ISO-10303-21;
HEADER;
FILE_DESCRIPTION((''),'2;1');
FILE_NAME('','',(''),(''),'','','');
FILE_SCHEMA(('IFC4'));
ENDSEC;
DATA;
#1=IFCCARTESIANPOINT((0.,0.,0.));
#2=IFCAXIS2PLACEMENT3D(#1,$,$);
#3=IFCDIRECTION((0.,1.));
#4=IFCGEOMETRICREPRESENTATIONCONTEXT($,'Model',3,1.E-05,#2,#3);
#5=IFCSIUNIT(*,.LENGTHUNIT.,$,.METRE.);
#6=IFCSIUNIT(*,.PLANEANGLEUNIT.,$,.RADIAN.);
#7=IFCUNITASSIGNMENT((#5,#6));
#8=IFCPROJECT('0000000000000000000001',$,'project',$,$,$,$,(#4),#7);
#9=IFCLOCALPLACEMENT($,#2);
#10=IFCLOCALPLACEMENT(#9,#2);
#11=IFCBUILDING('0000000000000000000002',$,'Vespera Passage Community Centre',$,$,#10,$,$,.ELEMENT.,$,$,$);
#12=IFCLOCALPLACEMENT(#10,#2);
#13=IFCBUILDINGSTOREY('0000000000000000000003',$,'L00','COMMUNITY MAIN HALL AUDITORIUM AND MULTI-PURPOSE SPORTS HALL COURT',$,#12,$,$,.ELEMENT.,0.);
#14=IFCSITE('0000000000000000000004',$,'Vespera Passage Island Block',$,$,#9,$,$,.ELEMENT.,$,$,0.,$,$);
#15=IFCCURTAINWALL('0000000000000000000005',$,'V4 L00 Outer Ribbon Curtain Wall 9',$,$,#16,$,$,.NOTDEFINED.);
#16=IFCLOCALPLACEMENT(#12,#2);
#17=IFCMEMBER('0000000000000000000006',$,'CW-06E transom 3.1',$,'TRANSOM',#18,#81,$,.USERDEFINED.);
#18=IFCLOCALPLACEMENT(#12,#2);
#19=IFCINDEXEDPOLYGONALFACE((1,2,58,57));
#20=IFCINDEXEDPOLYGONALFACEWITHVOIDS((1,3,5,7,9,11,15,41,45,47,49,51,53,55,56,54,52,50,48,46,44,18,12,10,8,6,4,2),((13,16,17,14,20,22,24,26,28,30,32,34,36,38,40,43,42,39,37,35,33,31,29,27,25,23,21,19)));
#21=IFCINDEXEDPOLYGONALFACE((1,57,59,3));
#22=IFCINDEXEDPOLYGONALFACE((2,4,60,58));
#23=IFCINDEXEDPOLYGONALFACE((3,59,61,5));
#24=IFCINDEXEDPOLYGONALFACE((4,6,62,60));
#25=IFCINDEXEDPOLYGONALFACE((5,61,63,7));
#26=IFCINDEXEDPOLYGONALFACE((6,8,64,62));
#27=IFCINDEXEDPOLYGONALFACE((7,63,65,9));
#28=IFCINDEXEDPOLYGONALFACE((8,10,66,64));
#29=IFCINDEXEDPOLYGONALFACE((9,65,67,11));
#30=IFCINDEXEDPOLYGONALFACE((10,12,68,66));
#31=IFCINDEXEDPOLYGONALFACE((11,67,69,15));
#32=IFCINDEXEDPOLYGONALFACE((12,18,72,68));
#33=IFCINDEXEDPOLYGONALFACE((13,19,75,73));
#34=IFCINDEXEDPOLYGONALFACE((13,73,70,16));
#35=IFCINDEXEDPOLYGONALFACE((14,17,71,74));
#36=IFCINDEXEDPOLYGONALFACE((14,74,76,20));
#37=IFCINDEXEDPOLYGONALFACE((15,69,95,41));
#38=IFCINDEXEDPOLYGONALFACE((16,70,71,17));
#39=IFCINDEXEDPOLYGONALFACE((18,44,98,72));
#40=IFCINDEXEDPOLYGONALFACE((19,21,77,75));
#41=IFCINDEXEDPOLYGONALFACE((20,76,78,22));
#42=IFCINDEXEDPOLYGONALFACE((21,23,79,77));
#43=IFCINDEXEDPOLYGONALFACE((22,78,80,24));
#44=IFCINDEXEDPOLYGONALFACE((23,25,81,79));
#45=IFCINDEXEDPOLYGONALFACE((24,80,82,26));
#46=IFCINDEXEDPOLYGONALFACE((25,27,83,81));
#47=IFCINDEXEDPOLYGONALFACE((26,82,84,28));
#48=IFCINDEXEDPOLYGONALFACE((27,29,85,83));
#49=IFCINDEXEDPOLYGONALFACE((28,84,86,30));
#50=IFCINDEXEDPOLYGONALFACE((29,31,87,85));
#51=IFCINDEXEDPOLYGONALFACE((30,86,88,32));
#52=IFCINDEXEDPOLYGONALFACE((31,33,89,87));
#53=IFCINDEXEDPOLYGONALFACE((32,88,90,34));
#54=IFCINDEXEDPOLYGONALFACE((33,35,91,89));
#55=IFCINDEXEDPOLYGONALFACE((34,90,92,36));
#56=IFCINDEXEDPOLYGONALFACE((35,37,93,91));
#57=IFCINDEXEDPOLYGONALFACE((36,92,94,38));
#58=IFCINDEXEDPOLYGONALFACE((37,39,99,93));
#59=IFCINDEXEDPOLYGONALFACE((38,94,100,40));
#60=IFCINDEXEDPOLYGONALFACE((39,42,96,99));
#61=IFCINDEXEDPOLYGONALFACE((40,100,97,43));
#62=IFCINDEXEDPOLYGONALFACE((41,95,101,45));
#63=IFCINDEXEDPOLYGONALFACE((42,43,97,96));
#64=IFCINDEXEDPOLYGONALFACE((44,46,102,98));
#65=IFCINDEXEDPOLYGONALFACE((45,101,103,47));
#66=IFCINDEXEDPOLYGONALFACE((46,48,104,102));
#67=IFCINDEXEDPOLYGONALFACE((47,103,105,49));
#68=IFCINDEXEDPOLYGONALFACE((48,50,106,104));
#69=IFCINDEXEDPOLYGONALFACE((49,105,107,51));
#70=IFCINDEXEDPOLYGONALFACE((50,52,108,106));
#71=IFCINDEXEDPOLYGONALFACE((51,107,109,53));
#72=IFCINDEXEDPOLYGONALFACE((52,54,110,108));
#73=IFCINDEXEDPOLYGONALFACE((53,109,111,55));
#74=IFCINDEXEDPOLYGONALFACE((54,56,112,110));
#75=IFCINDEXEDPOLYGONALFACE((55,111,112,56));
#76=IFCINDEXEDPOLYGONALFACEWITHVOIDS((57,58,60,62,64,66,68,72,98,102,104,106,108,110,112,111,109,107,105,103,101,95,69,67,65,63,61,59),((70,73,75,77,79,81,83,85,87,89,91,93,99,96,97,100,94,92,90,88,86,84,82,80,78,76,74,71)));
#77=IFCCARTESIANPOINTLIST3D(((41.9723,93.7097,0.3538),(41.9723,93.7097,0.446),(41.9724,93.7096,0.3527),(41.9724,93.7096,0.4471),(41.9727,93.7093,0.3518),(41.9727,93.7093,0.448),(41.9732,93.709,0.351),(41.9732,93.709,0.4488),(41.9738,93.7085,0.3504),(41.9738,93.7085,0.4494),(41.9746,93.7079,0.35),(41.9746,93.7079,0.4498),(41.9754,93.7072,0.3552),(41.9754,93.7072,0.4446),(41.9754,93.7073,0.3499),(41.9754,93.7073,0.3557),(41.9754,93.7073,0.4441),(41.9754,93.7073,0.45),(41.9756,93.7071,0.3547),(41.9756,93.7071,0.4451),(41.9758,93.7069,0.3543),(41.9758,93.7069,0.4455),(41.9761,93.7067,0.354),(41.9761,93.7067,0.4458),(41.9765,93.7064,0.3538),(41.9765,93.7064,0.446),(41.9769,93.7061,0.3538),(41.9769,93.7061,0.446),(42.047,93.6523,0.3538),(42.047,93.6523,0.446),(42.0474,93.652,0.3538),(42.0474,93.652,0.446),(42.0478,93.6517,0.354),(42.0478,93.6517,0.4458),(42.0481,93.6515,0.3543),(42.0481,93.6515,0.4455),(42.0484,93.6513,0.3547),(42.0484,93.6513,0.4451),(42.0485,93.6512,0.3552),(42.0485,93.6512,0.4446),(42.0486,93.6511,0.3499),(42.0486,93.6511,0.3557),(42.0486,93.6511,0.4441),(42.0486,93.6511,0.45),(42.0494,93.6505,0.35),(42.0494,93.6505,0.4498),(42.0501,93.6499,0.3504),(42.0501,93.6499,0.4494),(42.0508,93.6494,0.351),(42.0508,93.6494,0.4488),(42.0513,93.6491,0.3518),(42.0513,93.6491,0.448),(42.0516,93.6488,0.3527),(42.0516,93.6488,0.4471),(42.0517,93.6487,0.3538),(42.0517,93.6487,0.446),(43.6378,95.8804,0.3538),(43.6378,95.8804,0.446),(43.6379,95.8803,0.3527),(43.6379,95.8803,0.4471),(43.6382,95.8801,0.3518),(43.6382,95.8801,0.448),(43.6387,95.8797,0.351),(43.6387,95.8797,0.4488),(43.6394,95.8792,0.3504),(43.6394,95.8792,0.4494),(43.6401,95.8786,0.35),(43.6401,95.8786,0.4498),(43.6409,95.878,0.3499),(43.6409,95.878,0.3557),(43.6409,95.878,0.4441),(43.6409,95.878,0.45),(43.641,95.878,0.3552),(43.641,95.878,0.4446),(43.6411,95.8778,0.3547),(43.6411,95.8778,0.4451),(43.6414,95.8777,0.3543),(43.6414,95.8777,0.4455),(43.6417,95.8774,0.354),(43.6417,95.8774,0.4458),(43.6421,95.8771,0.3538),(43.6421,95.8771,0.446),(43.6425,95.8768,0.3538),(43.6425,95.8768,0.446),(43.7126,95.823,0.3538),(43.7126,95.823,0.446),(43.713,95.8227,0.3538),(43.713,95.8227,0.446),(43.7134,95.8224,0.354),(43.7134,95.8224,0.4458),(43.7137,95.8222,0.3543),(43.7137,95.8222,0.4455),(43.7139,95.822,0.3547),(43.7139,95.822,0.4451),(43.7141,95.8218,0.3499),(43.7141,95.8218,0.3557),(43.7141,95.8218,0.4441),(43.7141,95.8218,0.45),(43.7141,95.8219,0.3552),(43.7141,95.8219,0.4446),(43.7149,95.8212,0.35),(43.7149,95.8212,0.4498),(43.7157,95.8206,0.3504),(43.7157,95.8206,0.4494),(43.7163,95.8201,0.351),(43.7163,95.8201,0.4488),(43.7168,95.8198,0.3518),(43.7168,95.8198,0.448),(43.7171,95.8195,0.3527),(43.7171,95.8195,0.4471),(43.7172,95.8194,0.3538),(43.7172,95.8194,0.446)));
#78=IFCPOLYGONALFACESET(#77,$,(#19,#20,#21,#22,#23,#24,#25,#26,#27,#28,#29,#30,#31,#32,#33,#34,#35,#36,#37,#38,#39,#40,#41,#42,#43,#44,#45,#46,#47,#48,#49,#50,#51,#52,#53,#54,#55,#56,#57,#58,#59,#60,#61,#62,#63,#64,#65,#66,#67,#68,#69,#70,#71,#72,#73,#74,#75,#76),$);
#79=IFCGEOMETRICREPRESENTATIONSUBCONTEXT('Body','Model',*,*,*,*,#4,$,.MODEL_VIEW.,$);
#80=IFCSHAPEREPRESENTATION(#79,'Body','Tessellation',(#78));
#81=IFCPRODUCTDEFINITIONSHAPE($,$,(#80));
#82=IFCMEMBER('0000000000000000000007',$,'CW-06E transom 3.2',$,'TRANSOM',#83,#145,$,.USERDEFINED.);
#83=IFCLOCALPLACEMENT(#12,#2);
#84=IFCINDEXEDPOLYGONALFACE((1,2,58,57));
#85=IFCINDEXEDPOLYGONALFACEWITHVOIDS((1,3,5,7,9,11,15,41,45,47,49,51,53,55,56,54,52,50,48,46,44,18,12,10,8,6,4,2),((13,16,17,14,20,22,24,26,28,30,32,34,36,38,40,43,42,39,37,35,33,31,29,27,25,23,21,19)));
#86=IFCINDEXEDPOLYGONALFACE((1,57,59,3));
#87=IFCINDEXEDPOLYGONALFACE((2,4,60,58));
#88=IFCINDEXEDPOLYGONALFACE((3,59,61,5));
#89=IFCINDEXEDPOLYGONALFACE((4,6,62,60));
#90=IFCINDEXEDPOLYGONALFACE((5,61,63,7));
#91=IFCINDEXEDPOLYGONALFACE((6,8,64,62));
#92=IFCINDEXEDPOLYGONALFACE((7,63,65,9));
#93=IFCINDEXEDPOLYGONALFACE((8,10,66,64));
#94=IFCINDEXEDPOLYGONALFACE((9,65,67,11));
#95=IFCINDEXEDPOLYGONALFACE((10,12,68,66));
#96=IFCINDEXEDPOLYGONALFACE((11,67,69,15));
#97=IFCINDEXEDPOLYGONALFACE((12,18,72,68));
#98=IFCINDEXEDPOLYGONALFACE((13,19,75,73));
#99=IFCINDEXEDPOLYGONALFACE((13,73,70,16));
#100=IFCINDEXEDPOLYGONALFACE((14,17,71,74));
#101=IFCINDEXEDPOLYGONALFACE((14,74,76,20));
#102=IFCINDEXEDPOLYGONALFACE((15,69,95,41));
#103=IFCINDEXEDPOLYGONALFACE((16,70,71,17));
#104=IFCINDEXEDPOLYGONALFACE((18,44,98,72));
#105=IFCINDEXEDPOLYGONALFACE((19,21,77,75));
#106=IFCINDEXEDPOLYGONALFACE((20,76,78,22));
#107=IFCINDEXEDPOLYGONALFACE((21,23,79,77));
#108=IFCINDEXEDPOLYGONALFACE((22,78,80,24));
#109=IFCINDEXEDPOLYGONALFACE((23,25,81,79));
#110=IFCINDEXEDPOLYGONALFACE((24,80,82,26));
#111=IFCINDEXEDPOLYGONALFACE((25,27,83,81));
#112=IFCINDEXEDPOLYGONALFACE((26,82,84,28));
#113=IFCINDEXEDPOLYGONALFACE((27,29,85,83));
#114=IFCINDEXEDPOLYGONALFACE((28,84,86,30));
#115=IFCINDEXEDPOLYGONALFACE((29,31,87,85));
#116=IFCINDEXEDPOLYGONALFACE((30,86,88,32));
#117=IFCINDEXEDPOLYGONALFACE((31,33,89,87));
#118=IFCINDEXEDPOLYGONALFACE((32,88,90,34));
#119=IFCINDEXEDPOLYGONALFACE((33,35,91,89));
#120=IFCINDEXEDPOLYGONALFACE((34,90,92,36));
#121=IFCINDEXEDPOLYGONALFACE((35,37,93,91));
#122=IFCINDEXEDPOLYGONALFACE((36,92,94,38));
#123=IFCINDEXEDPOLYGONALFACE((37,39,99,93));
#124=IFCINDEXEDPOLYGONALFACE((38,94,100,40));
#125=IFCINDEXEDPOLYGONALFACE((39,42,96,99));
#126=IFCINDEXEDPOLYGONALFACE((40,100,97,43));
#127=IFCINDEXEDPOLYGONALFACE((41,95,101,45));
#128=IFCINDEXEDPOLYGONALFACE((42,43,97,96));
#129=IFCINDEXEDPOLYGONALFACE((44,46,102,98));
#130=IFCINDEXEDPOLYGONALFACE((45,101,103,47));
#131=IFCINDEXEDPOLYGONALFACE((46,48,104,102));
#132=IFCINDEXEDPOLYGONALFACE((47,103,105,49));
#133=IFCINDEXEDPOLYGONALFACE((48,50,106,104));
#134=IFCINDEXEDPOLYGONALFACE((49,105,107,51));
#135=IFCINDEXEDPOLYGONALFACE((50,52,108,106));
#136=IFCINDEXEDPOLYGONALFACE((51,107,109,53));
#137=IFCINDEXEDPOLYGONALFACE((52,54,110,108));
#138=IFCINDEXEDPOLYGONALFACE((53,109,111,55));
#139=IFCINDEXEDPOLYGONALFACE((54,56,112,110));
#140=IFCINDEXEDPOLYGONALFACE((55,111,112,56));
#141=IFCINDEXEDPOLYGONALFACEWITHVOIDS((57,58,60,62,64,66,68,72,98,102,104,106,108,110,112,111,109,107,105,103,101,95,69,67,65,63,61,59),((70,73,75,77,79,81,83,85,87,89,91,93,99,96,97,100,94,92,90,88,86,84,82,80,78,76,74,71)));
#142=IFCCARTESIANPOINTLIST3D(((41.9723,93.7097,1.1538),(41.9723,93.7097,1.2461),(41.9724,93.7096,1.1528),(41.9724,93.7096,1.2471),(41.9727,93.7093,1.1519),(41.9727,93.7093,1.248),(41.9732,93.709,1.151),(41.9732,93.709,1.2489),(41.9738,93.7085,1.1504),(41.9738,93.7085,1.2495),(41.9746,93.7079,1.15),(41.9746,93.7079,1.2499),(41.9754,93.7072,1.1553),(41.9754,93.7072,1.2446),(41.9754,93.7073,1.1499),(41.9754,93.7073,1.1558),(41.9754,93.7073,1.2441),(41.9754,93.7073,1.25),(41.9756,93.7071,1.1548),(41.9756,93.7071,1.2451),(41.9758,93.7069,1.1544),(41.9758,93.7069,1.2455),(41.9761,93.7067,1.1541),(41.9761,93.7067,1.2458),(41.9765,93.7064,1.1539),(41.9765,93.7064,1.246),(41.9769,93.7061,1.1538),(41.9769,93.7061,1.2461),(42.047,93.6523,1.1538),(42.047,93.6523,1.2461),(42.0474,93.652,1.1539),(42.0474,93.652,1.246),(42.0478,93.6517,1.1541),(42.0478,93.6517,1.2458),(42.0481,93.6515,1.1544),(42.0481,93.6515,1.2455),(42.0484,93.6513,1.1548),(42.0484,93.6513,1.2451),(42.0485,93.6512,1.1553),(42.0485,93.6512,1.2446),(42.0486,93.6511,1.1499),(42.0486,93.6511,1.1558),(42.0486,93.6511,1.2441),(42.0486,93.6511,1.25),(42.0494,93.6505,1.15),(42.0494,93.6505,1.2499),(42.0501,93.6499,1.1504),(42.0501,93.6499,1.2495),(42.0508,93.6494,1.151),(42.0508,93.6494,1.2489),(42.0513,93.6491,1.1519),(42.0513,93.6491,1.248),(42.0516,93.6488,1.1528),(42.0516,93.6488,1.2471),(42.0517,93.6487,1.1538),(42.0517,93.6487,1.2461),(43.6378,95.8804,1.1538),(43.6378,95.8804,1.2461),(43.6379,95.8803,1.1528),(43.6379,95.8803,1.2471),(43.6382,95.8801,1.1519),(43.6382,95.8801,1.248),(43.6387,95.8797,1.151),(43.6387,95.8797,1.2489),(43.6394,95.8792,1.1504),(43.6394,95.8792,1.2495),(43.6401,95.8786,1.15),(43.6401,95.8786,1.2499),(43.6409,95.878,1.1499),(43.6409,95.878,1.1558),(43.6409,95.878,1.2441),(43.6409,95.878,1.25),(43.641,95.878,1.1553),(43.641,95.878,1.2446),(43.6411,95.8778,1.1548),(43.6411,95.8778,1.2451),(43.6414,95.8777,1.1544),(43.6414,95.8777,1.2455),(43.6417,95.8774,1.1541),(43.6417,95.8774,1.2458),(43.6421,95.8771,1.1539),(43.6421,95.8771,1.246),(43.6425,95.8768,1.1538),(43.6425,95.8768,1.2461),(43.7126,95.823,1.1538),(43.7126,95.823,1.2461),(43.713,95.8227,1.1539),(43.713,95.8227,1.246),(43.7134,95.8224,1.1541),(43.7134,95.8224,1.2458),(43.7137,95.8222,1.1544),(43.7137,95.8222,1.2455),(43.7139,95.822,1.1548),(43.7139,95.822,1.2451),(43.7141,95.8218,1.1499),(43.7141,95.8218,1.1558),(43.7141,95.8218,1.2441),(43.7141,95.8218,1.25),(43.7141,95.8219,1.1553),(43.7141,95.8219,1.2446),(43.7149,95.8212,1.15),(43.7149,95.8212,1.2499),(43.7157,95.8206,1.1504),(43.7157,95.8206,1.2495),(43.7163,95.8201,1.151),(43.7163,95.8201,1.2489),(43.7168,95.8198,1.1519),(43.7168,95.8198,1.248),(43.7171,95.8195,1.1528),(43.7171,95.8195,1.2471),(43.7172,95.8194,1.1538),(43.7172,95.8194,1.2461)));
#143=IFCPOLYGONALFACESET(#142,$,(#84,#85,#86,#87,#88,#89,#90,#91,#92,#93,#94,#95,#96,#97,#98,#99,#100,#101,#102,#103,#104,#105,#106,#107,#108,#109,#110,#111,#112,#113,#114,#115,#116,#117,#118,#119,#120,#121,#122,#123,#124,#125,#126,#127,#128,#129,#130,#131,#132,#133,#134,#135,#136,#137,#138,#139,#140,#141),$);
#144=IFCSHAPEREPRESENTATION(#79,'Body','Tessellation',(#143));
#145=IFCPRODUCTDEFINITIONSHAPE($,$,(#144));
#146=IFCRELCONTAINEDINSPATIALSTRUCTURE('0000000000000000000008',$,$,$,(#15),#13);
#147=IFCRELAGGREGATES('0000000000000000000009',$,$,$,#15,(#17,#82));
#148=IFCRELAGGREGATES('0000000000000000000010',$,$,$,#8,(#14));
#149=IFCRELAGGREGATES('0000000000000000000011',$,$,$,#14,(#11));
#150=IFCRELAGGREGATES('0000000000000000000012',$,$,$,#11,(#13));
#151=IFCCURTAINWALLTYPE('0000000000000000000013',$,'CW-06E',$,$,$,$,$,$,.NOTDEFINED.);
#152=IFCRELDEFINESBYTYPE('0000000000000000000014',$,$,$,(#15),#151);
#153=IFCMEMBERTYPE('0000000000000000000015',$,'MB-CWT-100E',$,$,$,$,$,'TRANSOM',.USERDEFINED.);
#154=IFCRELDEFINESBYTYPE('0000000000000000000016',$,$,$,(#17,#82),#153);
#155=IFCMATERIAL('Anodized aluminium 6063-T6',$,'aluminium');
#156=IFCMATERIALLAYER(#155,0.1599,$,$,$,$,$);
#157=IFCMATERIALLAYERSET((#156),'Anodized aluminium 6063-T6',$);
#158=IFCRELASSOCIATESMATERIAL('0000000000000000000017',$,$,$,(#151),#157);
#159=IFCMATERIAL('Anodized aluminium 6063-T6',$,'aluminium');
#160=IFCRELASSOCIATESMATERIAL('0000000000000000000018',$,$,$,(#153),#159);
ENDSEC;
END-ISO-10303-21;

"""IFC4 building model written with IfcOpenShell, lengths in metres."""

from ifc_helpers import new_model, si_unit, direction, frame, origin, origin_2d, place, context, subcontext, project, spatial, hollow_rectangle, extrude, material, layer, layer_set, material_profile, profile_set, type_object, element, aggregate, save


model = new_model("IFC4")

# Units and contexts
model_context = context("Model", 3, precision=1e-05, world=origin(), true_north=direction((0.0, 1.0)))
body_context = subcontext(model_context, "Body", "Model", "MODEL_VIEW")
ifc_project = project(units=[si_unit("LENGTHUNIT", "METRE"), si_unit("PLANEANGLEUNIT", "RADIAN")], contexts=[model_context])

# Site, building, storey
site_placement = place(None, origin())
site = spatial("IfcSite", under=ifc_project, at=site_placement, Name="Vespera Passage Island Block", CompositionType="ELEMENT", RefElevation=0.0)
building_placement = place(site_placement, origin())
building = spatial("IfcBuilding", under=site, at=building_placement, Name="Vespera Passage Community Centre", CompositionType="ELEMENT")
storey_placement = place(building_placement, origin())
storey = spatial("IfcBuildingStorey", under=building, at=storey_placement, Name="L00", Description="COMMUNITY MAIN HALL AUDITORIUM AND MULTI-PURPOSE SPORTS HALL COURT", CompositionType="ELEMENT", Elevation=0.0)

# Curtain wall
ifc_material_1 = material(Name="Anodized aluminium 6063-T6", Category="aluminium")
ifc_layer_1 = layer(ifc_material_1, 0.1599)
ifc_layer_set_1 = layer_set([ifc_layer_1], Name="Anodized aluminium 6063-T6")
curtain_wall_type_1 = type_object("IfcCurtainWallType", Name="CW-06E", PredefinedType="NOTDEFINED", material=ifc_layer_set_1)
curtain_wall_1_placement = place(storey_placement, origin())
curtain_wall_1 = element("IfcCurtainWall", 1, at=curtain_wall_1_placement, inside=storey, type_object=curtain_wall_type_1, Name="V4 L00 Outer Ribbon Curtain Wall 9", PredefinedType="NOTDEFINED")

# Members
ifc_material_2 = material(Name="Anodized aluminium 6063-T6", Category="aluminium")
ifc_material_profile_1 = material_profile(ifc_material_2, hollow_rectangle(XDim=0.1001, YDim=0.1001, WallThickness=0.0039, InnerFilletRadius=0.002, OuterFilletRadius=0.0039, at=origin_2d()), Name="ALU100X100X4")
ifc_profile_set_1 = profile_set([ifc_material_profile_1], Name="Anodized aluminium 6063-T6")
member_type_1 = type_object("IfcMemberType", Name="MB-CWT-100E", ElementType="TRANSOM", PredefinedType="USERDEFINED", material=ifc_profile_set_1)
member_1_placement = place(storey_placement, frame((42.012, 93.6792, 0.3999), z_axis=(0.608744, 0.793366, 0.0), x_axis=(-0.793366, 0.608744, 0.0)))
member_1 = element("IfcMember", 2, at=member_1_placement, type_object=member_type_1, Name="CW-06E transom 3.1", ObjectType="TRANSOM", PredefinedType="USERDEFINED", context=body_context, shape_type="SweptSolid", body=[
    extrude(hollow_rectangle(XDim=0.1001, YDim=0.1001, WallThickness=0.0039, InnerFilletRadius=0.002, OuterFilletRadius=0.0039, at=origin_2d()), origin(), (0.0, 0.0, 1.0), 2.7361),
])
member_2_placement = place(storey_placement, frame((42.012, 93.6792, 1.2), z_axis=(0.608744, 0.793366, 0.0), x_axis=(-0.793366, 0.608744, 0.0)))
member_2 = element("IfcMember", 3, at=member_2_placement, type_object=member_type_1, Name="CW-06E transom 3.2", ObjectType="TRANSOM", PredefinedType="USERDEFINED", context=body_context, shape_type="SweptSolid", body=[
    extrude(hollow_rectangle(XDim=0.1001, YDim=0.1001, WallThickness=0.0039, InnerFilletRadius=0.002, OuterFilletRadius=0.0039, at=origin_2d()), origin(), (0.0, 0.0, 1.0), 2.7361),
])

aggregate(curtain_wall_1, [member_1, member_2])

save(model, "model.ifc")
